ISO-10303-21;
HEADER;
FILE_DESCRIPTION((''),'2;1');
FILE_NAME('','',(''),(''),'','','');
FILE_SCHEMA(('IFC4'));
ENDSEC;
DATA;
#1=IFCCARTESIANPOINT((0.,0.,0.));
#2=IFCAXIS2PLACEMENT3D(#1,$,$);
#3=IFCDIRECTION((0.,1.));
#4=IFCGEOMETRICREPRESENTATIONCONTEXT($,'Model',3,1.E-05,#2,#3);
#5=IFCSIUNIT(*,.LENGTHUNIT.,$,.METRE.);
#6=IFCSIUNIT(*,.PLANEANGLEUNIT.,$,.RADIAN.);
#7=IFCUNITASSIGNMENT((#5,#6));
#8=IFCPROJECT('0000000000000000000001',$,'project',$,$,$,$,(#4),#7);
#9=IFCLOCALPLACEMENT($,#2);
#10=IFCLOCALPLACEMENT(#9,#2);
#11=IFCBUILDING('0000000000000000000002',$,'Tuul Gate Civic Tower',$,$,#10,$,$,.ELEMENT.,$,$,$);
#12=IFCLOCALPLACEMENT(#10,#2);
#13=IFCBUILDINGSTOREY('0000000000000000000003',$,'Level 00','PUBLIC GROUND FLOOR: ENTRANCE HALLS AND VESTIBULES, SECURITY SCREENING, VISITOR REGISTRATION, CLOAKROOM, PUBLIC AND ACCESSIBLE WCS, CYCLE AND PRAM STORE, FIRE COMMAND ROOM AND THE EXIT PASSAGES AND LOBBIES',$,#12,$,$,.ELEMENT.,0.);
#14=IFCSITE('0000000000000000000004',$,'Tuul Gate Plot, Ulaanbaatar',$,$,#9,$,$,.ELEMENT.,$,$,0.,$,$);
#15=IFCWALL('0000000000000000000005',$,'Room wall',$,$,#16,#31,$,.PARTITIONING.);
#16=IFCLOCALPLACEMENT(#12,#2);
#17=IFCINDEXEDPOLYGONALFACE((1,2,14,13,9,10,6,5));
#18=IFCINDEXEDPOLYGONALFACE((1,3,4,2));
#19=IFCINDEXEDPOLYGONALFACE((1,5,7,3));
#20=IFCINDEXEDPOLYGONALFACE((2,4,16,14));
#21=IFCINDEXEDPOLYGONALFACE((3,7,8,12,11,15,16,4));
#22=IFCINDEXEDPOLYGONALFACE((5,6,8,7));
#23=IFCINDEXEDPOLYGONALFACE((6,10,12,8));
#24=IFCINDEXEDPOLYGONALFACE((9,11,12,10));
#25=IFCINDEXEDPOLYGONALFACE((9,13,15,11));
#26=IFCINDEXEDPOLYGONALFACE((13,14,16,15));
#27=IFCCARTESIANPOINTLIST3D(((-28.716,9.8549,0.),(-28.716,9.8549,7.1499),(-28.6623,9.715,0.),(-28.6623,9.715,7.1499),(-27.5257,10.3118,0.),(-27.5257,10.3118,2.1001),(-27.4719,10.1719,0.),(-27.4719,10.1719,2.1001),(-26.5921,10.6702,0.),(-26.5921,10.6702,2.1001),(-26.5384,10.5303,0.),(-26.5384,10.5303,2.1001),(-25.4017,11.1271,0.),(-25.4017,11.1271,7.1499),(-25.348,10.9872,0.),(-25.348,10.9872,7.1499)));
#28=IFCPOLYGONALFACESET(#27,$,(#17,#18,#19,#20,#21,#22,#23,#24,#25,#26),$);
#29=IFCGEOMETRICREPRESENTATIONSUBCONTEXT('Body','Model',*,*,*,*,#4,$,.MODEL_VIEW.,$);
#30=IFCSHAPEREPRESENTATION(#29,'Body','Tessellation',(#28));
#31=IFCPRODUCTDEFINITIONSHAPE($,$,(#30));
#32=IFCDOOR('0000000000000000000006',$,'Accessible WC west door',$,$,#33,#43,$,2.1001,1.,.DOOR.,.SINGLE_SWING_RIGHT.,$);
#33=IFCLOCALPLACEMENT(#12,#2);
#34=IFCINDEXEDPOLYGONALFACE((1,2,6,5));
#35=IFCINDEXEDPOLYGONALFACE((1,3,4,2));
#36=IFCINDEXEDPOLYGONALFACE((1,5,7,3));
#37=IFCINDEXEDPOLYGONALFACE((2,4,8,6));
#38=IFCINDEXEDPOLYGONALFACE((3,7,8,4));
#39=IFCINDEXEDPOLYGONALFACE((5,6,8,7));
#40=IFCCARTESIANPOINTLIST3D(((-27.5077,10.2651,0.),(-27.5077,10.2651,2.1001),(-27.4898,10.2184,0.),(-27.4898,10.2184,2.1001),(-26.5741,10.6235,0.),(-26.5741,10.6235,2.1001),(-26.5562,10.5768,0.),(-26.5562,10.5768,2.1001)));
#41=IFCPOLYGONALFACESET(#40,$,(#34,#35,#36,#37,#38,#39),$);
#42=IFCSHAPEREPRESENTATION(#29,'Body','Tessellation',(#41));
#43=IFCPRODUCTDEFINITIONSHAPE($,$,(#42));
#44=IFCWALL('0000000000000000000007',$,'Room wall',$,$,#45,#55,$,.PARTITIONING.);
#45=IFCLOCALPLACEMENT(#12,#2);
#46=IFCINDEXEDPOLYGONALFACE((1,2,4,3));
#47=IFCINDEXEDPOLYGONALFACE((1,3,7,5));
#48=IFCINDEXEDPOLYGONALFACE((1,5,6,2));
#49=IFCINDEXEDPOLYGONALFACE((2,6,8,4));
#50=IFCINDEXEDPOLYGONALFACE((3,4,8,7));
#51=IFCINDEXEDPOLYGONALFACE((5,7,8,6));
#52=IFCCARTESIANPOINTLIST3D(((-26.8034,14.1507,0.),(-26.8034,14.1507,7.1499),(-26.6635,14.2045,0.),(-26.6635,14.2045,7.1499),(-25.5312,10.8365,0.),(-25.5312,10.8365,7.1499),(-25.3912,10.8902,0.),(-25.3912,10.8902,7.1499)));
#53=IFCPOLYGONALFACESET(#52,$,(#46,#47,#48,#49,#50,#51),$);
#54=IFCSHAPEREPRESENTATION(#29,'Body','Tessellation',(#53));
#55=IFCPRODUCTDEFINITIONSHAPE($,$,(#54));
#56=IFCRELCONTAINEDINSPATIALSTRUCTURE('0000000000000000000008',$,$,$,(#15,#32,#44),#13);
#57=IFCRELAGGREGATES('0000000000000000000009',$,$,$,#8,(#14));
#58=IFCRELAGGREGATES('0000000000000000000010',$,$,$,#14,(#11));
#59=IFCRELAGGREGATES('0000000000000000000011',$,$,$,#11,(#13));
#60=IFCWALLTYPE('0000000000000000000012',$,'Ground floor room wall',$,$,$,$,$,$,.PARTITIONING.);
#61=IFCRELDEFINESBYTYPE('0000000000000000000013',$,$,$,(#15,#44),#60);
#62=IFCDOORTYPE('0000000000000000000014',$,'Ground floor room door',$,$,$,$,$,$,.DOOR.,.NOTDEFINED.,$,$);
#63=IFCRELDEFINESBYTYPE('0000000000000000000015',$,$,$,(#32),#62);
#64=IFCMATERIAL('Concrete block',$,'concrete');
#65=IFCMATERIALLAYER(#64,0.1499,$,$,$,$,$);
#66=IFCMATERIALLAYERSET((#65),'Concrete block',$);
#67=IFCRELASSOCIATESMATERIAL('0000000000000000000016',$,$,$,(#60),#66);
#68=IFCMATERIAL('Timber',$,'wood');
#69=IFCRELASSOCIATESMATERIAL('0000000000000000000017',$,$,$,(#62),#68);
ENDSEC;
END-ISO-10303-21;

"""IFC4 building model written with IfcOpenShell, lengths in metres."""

from ifc_helpers import new_model, si_unit, direction, frame, frame_2d, origin, place, context, subcontext, project, spatial, rectangle, extrude, material, layer, layer_set, type_object, element, fill, save


model = new_model("IFC4")

# Units and contexts
model_context = context("Model", 3, precision=1e-05, world=origin(), true_north=direction((0.0, 1.0)))
body_context = subcontext(model_context, "Body", "Model", "MODEL_VIEW")
ifc_project = project(units=[si_unit("LENGTHUNIT", "METRE"), si_unit("PLANEANGLEUNIT", "RADIAN")], contexts=[model_context])

# Site, building, storey
site_placement = place(None, origin())
site = spatial("IfcSite", under=ifc_project, at=site_placement, Name="Tuul Gate Plot, Ulaanbaatar", CompositionType="ELEMENT", RefElevation=0.0)
building_placement = place(site_placement, origin())
building = spatial("IfcBuilding", under=site, at=building_placement, Name="Tuul Gate Civic Tower", CompositionType="ELEMENT")
storey_placement = place(building_placement, origin())
storey = spatial("IfcBuildingStorey", under=building, at=storey_placement, Name="Level 00", Description="PUBLIC GROUND FLOOR: ENTRANCE HALLS AND VESTIBULES, SECURITY SCREENING, VISITOR REGISTRATION, CLOAKROOM, PUBLIC AND ACCESSIBLE WCS, CYCLE AND PRAM STORE, FIRE COMMAND ROOM AND THE EXIT PASSAGES AND LOBBIES", CompositionType="ELEMENT", Elevation=0.0)

# Wall, opening, door
ifc_material_1 = material(Name="Concrete block", Category="concrete")
ifc_layer_1 = layer(ifc_material_1, 0.1499)
ifc_layer_set_1 = layer_set([ifc_layer_1], Name="Concrete block")
wall_type_1 = type_object("IfcWallType", Name="Ground floor room wall", PredefinedType="PARTITIONING", material=ifc_layer_set_1)
wall_1_placement = place(storey_placement, frame((-25.375, 11.0571, 0.0), z_axis=(0.0, 0.0, 1.0), x_axis=(-0.933579, -0.358371, 0.0)))
wall_1 = element("IfcWall", 1, at=wall_1_placement, inside=storey, type_object=wall_type_1, Name="Room wall", PredefinedType="PARTITIONING", context=body_context, shape_type="SweptSolid", body=[
    extrude(rectangle(XDim=3.55, YDim=0.1499, at=frame_2d((1.7749, 0.0))), origin(), (0.0, 0.0, 1.0), 7.1499),
])
opening_1_placement = place(wall_1_placement, frame((1.2749, 0.0, 0.0)))
opening_1 = element("IfcOpeningElement", 2, at=opening_1_placement, cuts=wall_1, PredefinedType="OPENING", context=body_context, shape_type="SweptSolid", body=[
    extrude(rectangle(XDim=1.0, YDim=2.1001, at=frame_2d((0.5, 1.05))), frame((0.0, 0.085, 0.0), z_axis=(0.0, -1.0, 0.0), x_axis=(1.0, 0.0, 0.0)), (0.0, 0.0, 1.0), 0.1699),
])
ifc_material_2 = material(Name="Timber", Category="wood")
door_type_1 = type_object("IfcDoorType", Name="Ground floor room door", OperationType="NOTDEFINED", PredefinedType="DOOR", material=ifc_material_2)
door_1_placement = place(opening_1_placement, frame((1.0, 0.0, 0.0), z_axis=(0.0, 0.0, 1.0), x_axis=(-1.0, 0.0, 0.0)))
door_1 = element("IfcDoor", 3, at=door_1_placement, inside=storey, type_object=door_type_1, Name="Accessible WC west door", OperationType="SINGLE_SWING_RIGHT", OverallHeight=2.1001, OverallWidth=1.0, PredefinedType="DOOR", context=body_context, shape_type="SweptSolid", body=[
    extrude(rectangle(XDim=1.0, YDim=2.1001, at=frame_2d((0.5, 1.05))), frame((0.0, 0.0249, 0.0), z_axis=(0.0, -1.0, 0.0), x_axis=(1.0, 0.0, 0.0)), (0.0, 0.0, 1.0), 0.05),
])
fill(opening_1, door_1)

# Wall
wall_2_placement = place(storey_placement, frame((-26.7334, 14.1775, 0.0), z_axis=(0.0, 0.0, 1.0), x_axis=(0.358371, -0.933579, 0.0)))
element("IfcWall", 4, at=wall_2_placement, inside=storey, type_object=wall_type_1, Name="Room wall", PredefinedType="PARTITIONING", context=body_context, shape_type="SweptSolid", body=[
    extrude(rectangle(XDim=3.55, YDim=0.1499, at=frame_2d((1.7749, 0.0))), origin(), (0.0, 0.0, 1.0), 7.1499),
])

save(model, "model.ifc")
